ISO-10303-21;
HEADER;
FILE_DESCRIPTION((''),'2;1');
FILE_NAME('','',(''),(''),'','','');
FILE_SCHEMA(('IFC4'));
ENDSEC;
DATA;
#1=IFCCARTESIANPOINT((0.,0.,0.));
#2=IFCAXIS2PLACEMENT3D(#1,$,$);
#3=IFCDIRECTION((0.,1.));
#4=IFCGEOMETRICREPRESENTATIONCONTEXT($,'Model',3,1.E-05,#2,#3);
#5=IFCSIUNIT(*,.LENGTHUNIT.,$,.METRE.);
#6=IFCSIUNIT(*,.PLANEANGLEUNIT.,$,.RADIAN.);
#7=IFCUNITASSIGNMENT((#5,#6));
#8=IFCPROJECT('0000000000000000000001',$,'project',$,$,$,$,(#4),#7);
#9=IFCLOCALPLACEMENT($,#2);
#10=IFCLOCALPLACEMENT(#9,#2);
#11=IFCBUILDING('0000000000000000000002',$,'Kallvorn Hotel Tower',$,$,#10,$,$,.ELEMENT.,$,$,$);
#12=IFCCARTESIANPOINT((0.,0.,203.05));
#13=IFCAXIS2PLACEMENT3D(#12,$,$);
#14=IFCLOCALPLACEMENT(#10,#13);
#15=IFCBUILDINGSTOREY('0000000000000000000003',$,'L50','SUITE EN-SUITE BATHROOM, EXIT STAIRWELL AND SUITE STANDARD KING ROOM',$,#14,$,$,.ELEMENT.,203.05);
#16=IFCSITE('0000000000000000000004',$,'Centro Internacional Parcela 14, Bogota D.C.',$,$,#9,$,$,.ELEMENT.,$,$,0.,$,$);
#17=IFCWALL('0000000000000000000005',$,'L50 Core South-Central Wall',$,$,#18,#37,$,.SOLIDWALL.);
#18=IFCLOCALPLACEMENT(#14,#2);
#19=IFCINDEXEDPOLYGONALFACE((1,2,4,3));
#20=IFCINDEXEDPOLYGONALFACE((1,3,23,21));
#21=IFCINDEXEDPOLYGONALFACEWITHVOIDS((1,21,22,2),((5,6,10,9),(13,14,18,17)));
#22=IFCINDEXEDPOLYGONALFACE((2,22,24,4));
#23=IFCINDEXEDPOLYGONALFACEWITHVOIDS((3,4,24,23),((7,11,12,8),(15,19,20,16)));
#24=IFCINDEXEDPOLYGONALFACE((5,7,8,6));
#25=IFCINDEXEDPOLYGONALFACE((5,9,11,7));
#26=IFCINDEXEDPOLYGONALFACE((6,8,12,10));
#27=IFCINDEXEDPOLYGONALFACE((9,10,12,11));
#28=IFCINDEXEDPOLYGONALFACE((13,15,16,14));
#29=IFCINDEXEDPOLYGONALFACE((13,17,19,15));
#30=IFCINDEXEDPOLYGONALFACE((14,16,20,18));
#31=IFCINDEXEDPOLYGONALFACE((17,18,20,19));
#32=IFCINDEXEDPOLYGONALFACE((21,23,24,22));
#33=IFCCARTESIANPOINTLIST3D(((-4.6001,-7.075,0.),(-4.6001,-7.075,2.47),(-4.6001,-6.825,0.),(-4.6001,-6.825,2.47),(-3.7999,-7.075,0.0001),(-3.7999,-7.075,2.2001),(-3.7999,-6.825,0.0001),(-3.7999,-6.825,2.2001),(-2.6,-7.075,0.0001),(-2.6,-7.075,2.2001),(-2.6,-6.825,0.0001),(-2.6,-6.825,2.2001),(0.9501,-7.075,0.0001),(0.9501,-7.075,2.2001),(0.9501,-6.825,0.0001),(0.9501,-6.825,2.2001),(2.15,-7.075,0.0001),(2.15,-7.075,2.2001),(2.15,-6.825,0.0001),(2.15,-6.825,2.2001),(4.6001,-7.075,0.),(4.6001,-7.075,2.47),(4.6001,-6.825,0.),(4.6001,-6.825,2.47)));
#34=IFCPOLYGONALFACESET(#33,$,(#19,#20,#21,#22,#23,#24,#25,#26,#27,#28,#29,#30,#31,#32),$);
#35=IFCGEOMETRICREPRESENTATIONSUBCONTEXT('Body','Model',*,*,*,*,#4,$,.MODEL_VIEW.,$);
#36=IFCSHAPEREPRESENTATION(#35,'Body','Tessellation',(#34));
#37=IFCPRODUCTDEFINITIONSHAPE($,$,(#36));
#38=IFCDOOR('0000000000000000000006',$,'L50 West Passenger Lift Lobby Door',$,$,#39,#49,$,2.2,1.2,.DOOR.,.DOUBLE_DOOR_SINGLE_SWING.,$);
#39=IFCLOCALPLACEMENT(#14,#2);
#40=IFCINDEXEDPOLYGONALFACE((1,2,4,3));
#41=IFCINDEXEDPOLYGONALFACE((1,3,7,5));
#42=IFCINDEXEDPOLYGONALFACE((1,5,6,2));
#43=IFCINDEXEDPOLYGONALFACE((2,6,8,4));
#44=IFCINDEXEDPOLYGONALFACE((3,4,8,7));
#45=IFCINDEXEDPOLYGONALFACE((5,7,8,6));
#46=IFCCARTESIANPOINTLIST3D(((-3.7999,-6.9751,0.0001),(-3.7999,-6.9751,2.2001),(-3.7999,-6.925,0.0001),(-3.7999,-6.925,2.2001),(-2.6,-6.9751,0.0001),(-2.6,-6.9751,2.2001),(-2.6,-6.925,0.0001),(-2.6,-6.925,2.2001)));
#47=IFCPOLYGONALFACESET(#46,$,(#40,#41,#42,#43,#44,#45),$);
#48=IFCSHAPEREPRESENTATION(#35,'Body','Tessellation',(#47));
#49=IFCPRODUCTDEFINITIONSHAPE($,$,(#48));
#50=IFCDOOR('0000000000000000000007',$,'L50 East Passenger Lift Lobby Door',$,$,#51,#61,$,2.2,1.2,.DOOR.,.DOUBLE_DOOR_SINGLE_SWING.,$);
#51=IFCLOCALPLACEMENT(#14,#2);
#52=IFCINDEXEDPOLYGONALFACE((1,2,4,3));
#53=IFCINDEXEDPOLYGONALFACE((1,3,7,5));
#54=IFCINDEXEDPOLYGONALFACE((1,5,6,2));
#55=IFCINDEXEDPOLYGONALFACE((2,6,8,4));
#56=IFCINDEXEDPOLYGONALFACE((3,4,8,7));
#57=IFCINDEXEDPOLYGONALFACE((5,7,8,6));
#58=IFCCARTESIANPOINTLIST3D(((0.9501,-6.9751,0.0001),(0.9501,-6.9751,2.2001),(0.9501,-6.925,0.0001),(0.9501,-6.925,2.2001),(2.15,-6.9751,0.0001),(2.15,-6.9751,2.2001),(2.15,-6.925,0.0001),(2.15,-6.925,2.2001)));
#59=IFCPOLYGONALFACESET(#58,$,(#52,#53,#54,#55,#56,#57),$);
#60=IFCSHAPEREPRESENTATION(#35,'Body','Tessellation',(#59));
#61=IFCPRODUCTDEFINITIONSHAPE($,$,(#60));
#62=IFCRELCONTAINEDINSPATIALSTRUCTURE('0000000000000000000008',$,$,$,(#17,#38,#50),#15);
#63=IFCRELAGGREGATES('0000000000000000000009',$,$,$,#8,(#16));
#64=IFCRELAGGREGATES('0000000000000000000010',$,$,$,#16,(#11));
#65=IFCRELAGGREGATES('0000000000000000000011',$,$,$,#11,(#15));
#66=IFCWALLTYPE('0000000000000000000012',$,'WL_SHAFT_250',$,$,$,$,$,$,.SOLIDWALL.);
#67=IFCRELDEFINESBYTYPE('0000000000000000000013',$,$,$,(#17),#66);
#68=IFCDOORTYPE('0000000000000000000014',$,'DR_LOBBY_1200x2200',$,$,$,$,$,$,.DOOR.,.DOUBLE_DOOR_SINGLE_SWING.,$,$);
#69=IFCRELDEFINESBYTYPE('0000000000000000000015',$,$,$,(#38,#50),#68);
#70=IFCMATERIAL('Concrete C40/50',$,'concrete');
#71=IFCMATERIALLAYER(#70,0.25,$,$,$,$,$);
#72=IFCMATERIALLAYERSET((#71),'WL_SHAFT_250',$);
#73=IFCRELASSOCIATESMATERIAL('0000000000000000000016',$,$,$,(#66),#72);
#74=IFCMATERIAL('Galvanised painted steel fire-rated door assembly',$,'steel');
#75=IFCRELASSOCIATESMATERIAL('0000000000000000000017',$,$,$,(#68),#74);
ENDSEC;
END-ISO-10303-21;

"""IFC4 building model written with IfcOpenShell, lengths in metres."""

from ifc_helpers import new_model, si_unit, direction, frame, frame_2d, origin, place, context, subcontext, project, spatial, rectangle, extrude, material, layer, layer_set, type_object, element, fill, save


model = new_model("IFC4")

# Units and contexts
model_context = context("Model", 3, precision=1e-05, world=origin(), true_north=direction((0.0, 1.0)))
body_context = subcontext(model_context, "Body", "Model", "MODEL_VIEW")
ifc_project = project(units=[si_unit("LENGTHUNIT", "METRE"), si_unit("PLANEANGLEUNIT", "RADIAN")], contexts=[model_context])

# Site, building, storey
site_placement = place(None, origin())
site = spatial("IfcSite", under=ifc_project, at=site_placement, Name="Centro Internacional Parcela 14, Bogota D.C.", CompositionType="ELEMENT", RefElevation=0.0)
building_placement = place(site_placement, origin())
building = spatial("IfcBuilding", under=site, at=building_placement, Name="Kallvorn Hotel Tower", CompositionType="ELEMENT")
storey_placement = place(building_placement, frame((0.0, 0.0, 203.05)))
storey = spatial("IfcBuildingStorey", under=building, at=storey_placement, Name="L50", Description="SUITE EN-SUITE BATHROOM, EXIT STAIRWELL AND SUITE STANDARD KING ROOM", CompositionType="ELEMENT", Elevation=203.05)

# Wall, openings, doors
ifc_material_1 = material(Name="Concrete C40/50", Category="concrete")
ifc_layer_1 = layer(ifc_material_1, 0.25)
ifc_layer_set_1 = layer_set([ifc_layer_1], Name="WL_SHAFT_250")
wall_type_1 = type_object("IfcWallType", Name="WL_SHAFT_250", PredefinedType="SOLIDWALL", material=ifc_layer_set_1)
wall_1_placement = place(storey_placement, frame((-4.6001, -6.95, 0.0), z_axis=(0.0, 0.0, 1.0), x_axis=(1.0, 0.0, 0.0)))
wall_1 = element("IfcWall", 1, at=wall_1_placement, inside=storey, type_object=wall_type_1, Name="L50 Core South-Central Wall", PredefinedType="SOLIDWALL", context=body_context, shape_type="SweptSolid", body=[
    extrude(rectangle(XDim=9.2002, YDim=0.25, at=frame_2d((4.6001, 0.0))), origin(), (0.0, 0.0, 1.0), 2.47),
])
opening_1_placement = place(wall_1_placement, frame((0.8, 0.0, 0.0)))
opening_1 = element("IfcOpeningElement", 2, at=opening_1_placement, cuts=wall_1, PredefinedType="OPENING", context=body_context, shape_type="SweptSolid", body=[
    extrude(rectangle(XDim=1.2, YDim=2.2, at=frame_2d((0.6001, 1.1001))), frame((0.0, 0.1399, 0.0), z_axis=(0.0, -1.0, 0.0), x_axis=(1.0, 0.0, 0.0)), (0.0, 0.0, 1.0), 0.28),
])
opening_2_placement = place(wall_1_placement, frame((5.55, 0.0, 0.0)))
opening_2 = element("IfcOpeningElement", 3, at=opening_2_placement, cuts=wall_1, PredefinedType="OPENING", context=body_context, shape_type="SweptSolid", body=[
    extrude(rectangle(XDim=1.2, YDim=2.2, at=frame_2d((0.6001, 1.1001))), frame((0.0, 0.1399, 0.0), z_axis=(0.0, -1.0, 0.0), x_axis=(1.0, 0.0, 0.0)), (0.0, 0.0, 1.0), 0.28),
])
ifc_material_2 = material(Name="Galvanised painted steel fire-rated door assembly", Category="steel")
door_type_1 = type_object("IfcDoorType", Name="DR_LOBBY_1200x2200", OperationType="DOUBLE_DOOR_SINGLE_SWING", PredefinedType="DOOR", material=ifc_material_2)
door_1_placement = place(opening_1_placement, origin())
door_1 = element("IfcDoor", 4, at=door_1_placement, inside=storey, type_object=door_type_1, Name="L50 West Passenger Lift Lobby Door", OperationType="DOUBLE_DOOR_SINGLE_SWING", OverallHeight=2.2, OverallWidth=1.2, PredefinedType="DOOR", context=body_context, shape_type="SweptSolid", body=[
    extrude(rectangle(XDim=1.2, YDim=2.2, at=frame_2d((0.6001, 1.1001))), frame((0.0, 0.0249, 0.0), z_axis=(0.0, -1.0, 0.0), x_axis=(1.0, 0.0, 0.0)), (0.0, 0.0, 1.0), 0.05),
])
fill(opening_1, door_1)
door_2_placement = place(opening_2_placement, origin())
door_2 = element("IfcDoor", 5, at=door_2_placement, inside=storey, type_object=door_type_1, Name="L50 East Passenger Lift Lobby Door", OperationType="DOUBLE_DOOR_SINGLE_SWING", OverallHeight=2.2, OverallWidth=1.2, PredefinedType="DOOR", context=body_context, shape_type="SweptSolid", body=[
    extrude(rectangle(XDim=1.2, YDim=2.2, at=frame_2d((0.6001, 1.1001))), frame((0.0, 0.0249, 0.0), z_axis=(0.0, -1.0, 0.0), x_axis=(1.0, 0.0, 0.0)), (0.0, 0.0, 1.0), 0.05),
])
fill(opening_2, door_2)

save(model, "model.ifc")
